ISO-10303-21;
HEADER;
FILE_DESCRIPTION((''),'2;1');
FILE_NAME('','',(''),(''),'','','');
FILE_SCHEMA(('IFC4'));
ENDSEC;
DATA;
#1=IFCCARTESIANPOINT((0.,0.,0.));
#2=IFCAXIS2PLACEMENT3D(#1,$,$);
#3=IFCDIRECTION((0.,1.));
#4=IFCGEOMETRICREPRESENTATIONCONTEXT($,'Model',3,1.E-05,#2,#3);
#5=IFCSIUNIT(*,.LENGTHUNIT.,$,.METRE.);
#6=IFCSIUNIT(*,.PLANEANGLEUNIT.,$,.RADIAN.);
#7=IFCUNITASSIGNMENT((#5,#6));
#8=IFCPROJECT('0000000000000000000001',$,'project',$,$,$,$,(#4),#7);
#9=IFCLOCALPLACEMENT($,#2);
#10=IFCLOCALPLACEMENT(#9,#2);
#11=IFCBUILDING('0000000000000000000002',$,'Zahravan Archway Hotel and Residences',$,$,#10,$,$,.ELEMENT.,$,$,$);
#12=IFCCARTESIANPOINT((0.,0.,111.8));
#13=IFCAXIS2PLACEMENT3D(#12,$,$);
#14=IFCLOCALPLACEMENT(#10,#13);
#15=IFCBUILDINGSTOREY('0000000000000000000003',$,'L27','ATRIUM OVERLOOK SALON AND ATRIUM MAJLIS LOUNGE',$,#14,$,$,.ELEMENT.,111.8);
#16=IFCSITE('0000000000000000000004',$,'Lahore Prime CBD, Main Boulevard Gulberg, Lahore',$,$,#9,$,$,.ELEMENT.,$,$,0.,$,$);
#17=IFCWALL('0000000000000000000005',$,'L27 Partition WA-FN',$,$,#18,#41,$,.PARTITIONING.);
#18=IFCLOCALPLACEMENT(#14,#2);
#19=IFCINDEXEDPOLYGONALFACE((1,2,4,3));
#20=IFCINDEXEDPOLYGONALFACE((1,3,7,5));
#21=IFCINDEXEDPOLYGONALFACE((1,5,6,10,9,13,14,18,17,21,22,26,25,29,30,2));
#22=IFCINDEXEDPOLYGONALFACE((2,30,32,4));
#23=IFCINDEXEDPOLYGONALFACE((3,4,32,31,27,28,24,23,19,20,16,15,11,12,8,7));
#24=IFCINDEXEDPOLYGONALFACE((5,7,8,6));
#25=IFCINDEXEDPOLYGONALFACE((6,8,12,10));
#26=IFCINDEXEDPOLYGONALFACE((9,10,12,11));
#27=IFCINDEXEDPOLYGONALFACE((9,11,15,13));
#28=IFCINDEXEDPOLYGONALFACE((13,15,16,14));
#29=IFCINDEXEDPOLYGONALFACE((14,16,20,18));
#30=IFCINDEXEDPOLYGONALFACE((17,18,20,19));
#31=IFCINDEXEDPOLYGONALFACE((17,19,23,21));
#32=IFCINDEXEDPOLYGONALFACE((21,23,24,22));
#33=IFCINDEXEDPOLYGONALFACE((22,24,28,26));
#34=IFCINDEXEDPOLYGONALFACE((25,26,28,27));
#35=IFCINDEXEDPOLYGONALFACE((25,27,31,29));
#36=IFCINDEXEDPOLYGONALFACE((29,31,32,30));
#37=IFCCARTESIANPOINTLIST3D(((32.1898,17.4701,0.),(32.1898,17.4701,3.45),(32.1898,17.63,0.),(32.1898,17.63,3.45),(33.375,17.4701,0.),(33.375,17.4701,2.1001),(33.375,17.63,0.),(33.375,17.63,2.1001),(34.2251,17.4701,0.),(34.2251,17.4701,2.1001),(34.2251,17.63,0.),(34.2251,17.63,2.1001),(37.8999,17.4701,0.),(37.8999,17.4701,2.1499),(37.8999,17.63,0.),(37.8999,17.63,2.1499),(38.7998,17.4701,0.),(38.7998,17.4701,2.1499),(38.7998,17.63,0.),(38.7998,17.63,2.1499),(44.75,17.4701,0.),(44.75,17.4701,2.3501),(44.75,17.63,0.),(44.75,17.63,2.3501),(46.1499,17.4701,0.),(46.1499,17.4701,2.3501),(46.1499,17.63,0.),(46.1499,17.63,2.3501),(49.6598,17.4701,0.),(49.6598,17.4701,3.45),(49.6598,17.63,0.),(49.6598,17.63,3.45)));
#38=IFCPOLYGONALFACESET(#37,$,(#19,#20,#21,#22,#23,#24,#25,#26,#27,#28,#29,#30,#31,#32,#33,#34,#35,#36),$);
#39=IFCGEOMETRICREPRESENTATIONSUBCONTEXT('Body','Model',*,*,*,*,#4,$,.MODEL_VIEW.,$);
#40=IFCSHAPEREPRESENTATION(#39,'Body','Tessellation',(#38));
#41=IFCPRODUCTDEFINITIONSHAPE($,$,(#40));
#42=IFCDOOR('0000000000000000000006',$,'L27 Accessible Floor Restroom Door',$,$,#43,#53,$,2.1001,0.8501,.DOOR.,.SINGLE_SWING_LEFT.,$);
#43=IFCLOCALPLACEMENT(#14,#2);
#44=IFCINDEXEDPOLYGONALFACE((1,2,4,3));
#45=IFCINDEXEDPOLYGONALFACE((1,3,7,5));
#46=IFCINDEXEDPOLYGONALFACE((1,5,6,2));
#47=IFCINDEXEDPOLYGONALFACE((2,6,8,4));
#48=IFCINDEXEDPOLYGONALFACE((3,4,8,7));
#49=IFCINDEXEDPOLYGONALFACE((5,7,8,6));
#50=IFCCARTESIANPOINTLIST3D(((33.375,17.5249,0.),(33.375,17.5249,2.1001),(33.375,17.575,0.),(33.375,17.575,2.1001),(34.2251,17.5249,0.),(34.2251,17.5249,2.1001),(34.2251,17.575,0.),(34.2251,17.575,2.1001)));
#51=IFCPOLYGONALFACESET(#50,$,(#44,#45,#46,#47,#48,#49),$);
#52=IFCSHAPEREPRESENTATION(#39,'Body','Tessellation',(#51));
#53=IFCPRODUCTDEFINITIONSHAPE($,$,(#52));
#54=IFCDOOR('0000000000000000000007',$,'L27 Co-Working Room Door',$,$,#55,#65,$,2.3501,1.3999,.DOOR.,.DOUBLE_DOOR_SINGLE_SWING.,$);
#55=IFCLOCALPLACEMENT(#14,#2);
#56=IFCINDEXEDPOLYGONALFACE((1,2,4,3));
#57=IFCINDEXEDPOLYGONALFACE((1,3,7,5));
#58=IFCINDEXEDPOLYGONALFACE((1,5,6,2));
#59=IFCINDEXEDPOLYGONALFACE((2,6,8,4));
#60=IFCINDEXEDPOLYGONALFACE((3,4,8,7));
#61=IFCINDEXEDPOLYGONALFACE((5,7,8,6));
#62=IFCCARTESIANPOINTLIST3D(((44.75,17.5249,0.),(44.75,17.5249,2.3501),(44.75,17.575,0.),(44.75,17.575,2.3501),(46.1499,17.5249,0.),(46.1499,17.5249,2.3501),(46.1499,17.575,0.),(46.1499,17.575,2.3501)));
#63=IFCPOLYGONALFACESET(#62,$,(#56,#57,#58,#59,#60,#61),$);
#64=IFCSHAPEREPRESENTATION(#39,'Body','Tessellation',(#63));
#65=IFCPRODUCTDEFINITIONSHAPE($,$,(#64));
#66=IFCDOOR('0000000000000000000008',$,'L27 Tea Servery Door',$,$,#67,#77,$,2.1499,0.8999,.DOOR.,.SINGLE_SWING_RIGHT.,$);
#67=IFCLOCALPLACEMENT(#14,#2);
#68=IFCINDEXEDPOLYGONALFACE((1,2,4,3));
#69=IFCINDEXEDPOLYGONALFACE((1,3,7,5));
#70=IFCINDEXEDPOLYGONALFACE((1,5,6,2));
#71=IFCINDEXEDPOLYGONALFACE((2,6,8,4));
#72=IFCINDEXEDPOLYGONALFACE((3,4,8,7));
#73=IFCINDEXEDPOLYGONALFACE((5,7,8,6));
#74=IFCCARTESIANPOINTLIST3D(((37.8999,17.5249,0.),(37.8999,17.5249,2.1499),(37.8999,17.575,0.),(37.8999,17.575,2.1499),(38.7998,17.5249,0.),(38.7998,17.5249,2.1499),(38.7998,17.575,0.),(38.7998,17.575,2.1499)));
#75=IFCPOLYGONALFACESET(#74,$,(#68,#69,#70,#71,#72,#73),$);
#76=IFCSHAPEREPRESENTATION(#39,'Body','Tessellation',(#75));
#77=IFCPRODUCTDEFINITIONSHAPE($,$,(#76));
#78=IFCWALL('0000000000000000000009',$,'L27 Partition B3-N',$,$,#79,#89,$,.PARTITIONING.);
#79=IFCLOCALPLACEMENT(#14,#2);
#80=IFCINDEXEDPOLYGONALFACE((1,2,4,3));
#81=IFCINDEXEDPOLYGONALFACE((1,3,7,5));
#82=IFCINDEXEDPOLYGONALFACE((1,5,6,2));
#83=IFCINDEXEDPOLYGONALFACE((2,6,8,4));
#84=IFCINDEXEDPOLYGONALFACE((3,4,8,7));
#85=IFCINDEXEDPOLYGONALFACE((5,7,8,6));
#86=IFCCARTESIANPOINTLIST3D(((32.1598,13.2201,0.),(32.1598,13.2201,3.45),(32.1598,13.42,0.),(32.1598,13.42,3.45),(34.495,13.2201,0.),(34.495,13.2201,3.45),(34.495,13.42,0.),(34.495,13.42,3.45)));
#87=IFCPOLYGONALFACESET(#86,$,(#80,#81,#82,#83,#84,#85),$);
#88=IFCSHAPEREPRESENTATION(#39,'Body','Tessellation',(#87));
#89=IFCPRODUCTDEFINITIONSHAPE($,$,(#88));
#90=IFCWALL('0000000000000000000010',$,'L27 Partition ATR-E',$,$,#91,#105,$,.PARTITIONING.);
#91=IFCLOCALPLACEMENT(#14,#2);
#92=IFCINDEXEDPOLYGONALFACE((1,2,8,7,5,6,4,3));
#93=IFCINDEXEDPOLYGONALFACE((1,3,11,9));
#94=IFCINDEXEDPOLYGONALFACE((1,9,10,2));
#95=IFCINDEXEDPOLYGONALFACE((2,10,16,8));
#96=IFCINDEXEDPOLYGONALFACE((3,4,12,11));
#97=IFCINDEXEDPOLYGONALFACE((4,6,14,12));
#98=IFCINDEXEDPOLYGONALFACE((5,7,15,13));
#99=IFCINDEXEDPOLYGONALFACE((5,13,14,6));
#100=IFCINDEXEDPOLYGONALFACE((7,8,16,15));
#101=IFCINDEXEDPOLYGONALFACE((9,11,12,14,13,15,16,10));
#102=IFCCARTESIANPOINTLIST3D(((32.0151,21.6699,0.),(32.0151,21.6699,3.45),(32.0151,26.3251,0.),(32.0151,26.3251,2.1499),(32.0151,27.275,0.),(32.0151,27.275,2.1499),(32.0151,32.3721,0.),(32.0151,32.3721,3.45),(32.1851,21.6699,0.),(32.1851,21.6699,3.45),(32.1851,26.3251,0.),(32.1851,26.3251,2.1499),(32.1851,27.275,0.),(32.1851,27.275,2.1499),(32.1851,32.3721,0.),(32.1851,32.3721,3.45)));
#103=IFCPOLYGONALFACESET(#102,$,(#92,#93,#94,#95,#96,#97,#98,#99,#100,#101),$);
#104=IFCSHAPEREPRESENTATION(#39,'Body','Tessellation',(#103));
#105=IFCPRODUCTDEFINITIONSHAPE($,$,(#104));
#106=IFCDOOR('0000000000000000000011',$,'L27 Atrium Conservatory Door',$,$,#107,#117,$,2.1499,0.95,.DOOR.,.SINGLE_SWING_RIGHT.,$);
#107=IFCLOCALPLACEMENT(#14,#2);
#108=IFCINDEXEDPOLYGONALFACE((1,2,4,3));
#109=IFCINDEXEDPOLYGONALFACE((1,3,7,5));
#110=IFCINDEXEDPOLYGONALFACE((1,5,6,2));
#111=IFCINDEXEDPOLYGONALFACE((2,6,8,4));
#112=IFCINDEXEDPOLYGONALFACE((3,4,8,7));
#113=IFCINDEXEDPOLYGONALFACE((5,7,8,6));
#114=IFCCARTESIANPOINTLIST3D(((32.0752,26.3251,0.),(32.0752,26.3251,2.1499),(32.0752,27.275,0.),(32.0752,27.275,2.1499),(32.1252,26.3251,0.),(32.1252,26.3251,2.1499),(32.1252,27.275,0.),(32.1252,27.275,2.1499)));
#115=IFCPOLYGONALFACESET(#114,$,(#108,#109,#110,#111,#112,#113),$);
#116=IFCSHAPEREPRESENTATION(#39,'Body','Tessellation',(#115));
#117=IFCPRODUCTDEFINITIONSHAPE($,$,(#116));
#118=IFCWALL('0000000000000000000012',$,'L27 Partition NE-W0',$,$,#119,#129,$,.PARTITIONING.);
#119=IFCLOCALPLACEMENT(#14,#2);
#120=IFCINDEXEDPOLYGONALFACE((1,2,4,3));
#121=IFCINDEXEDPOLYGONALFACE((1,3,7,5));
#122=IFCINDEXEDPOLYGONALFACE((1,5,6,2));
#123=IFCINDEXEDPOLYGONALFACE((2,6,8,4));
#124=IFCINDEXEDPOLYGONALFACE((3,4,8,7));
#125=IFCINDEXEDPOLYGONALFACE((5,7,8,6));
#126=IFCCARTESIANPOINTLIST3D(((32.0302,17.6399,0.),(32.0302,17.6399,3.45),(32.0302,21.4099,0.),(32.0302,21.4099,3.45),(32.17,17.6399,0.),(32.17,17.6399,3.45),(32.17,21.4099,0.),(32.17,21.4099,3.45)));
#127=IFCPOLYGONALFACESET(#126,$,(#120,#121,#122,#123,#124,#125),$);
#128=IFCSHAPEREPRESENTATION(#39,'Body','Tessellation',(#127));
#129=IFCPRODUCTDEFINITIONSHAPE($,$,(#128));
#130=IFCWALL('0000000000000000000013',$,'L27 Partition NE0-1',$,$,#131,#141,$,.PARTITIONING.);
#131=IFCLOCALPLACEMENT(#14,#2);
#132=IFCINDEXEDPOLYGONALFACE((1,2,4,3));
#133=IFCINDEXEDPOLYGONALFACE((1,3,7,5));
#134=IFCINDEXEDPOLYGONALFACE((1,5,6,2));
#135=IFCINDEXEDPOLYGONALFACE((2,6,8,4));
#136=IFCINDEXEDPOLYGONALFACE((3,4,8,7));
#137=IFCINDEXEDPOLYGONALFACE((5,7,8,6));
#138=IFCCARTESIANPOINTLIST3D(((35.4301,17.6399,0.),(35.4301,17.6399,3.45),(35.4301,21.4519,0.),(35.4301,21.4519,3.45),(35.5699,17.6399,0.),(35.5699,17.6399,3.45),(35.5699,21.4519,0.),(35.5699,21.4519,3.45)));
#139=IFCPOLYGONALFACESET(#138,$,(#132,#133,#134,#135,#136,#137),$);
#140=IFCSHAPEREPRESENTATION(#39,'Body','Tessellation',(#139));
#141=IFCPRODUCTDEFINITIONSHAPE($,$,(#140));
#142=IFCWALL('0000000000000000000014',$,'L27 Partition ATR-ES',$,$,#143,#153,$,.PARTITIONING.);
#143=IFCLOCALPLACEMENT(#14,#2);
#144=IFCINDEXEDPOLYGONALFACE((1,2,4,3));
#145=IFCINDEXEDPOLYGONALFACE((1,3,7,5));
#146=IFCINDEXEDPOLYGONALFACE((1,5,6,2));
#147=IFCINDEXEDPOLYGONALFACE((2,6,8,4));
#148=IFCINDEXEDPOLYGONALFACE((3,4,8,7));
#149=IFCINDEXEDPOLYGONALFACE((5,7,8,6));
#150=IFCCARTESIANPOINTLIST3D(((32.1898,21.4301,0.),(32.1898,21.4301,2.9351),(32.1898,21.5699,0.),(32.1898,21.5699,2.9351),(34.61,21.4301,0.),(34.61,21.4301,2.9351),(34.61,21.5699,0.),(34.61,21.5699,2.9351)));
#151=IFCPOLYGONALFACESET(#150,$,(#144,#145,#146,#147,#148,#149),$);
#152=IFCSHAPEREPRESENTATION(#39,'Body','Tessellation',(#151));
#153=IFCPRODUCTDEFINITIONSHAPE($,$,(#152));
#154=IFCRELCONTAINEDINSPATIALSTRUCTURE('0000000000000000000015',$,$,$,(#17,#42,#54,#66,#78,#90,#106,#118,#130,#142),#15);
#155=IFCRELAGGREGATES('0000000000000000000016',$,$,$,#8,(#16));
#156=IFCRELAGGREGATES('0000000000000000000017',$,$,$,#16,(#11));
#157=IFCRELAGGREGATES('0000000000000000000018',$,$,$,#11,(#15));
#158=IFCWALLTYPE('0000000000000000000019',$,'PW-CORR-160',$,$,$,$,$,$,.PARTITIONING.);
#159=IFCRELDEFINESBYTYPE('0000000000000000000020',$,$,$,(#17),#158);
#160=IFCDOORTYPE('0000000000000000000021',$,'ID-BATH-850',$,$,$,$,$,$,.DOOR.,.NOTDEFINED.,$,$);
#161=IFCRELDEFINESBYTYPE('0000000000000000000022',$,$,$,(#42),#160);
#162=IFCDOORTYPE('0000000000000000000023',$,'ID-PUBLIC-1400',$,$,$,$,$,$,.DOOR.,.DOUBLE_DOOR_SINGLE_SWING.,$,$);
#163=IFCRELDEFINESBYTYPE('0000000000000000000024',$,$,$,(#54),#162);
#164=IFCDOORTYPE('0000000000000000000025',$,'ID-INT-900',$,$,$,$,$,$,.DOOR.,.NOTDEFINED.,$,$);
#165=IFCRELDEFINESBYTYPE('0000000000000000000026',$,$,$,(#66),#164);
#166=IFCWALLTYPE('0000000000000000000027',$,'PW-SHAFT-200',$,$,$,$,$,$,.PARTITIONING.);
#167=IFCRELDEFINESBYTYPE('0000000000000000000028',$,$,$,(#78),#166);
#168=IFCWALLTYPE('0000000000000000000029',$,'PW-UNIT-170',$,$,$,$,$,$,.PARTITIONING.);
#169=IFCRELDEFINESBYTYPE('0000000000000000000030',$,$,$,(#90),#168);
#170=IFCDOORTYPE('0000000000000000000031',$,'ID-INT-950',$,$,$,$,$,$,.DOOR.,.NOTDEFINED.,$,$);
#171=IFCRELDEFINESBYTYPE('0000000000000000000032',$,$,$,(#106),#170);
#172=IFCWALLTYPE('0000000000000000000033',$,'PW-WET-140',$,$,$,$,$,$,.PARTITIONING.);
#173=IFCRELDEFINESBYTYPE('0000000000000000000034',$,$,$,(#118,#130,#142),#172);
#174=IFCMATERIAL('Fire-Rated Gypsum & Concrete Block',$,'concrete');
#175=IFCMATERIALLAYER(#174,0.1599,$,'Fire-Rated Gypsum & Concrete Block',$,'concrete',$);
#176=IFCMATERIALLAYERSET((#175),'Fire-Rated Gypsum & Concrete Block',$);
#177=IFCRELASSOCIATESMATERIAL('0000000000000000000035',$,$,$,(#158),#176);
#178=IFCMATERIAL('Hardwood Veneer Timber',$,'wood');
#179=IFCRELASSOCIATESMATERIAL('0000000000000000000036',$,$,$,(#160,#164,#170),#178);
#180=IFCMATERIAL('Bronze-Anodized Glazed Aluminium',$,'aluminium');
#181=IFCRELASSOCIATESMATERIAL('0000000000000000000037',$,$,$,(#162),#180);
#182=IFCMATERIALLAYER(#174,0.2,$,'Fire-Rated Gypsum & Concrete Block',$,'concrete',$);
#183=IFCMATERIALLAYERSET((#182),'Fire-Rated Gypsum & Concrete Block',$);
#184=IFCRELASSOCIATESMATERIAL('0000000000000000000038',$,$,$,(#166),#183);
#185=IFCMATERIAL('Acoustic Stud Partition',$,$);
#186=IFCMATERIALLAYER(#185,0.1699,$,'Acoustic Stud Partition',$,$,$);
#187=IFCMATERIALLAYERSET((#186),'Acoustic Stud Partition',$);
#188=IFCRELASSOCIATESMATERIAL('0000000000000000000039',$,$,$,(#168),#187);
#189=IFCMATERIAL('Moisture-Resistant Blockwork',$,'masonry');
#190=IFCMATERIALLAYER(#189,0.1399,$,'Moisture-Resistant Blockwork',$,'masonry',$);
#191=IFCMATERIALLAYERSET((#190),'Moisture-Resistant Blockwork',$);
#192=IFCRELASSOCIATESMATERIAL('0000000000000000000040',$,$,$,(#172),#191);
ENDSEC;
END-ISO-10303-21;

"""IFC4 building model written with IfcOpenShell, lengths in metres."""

from ifc_helpers import new_model, si_unit, direction, frame, frame_2d, origin, place, context, subcontext, project, spatial, rectangle, extrude, source, transform, mapped, material, layer, layer_set, type_object, type_shapes, element, fill, save


model = new_model("IFC4")

# Units and contexts
model_context = context("Model", 3, precision=1e-05, world=origin(), true_north=direction((0.0, 1.0)))
body_context = subcontext(model_context, "Body", "Model", "MODEL_VIEW")
ifc_project = project(units=[si_unit("LENGTHUNIT", "METRE"), si_unit("PLANEANGLEUNIT", "RADIAN")], contexts=[model_context])

# Site, building, storey
site_placement = place(None, origin())
site = spatial("IfcSite", under=ifc_project, at=site_placement, Name="Lahore Prime CBD, Main Boulevard Gulberg, Lahore", CompositionType="ELEMENT", RefElevation=0.0)
building_placement = place(site_placement, origin())
building = spatial("IfcBuilding", under=site, at=building_placement, Name="Zahravan Archway Hotel and Residences", CompositionType="ELEMENT")
storey_placement = place(building_placement, frame((0.0, 0.0, 111.8)))
storey = spatial("IfcBuildingStorey", under=building, at=storey_placement, Name="L27", Description="ATRIUM OVERLOOK SALON AND ATRIUM MAJLIS LOUNGE", CompositionType="ELEMENT", Elevation=111.8)

# Shared definitions
ifc_material_1 = material(Name="Bronze-Anodized Glazed Aluminium", Category="aluminium")

# Wall, openings, doors
ifc_material_2 = material(Name="Fire-Rated Gypsum & Concrete Block", Category="concrete")
ifc_layer_1 = layer(ifc_material_2, 0.1599, Name="Fire-Rated Gypsum & Concrete Block", Category="concrete")
ifc_layer_set_1 = layer_set([ifc_layer_1], Name="Fire-Rated Gypsum & Concrete Block")
wall_type_1 = type_object("IfcWallType", Name="PW-CORR-160", PredefinedType="PARTITIONING", material=ifc_layer_set_1)
wall_1_placement = place(storey_placement, frame((32.1899, 17.55, 0.0), z_axis=(0.0, 0.0, 1.0), x_axis=(1.0, 0.0, 0.0)))
wall_1 = element("IfcWall", 1, at=wall_1_placement, inside=storey, type_object=wall_type_1, Name="L27 Partition WA-FN", PredefinedType="PARTITIONING", context=body_context, shape_type="SweptSolid", body=[
    extrude(rectangle(XDim=17.47, YDim=0.1599, at=frame_2d((8.7349, 0.0))), origin(), (0.0, 0.0, 1.0), 3.45),
])
opening_1_placement = place(wall_1_placement, frame((1.1851, 0.0, 0.0)))
opening_1 = element("IfcOpeningElement", 2, at=opening_1_placement, cuts=wall_1, PredefinedType="OPENING", context=body_context, shape_type="SweptSolid", body=[
    extrude(rectangle(XDim=0.8501, YDim=2.1001, at=frame_2d((0.425, 1.05))), frame((0.0, 0.0898, 0.0), z_axis=(0.0, -1.0, 0.0), x_axis=(1.0, 0.0, 0.0)), (0.0, 0.0, 1.0), 0.1799),
])
opening_2_placement = place(wall_1_placement, frame((5.71, 0.0, 0.0)))
opening_2 = element("IfcOpeningElement", 3, at=opening_2_placement, cuts=wall_1, PredefinedType="OPENING", context=body_context, shape_type="SweptSolid", body=[
    extrude(rectangle(XDim=0.8999, YDim=2.1499, at=frame_2d((0.45, 1.075))), frame((0.0, 0.0898, 0.0), z_axis=(0.0, -1.0, 0.0), x_axis=(1.0, 0.0, 0.0)), (0.0, 0.0, 1.0), 0.1799),
])
opening_3_placement = place(wall_1_placement, frame((12.5601, 0.0, 0.0)))
opening_3 = element("IfcOpeningElement", 4, at=opening_3_placement, cuts=wall_1, PredefinedType="OPENING", context=body_context, shape_type="SweptSolid", body=[
    extrude(rectangle(XDim=1.3999, YDim=2.3501, at=frame_2d((0.7, 1.175))), frame((0.0, 0.0898, 0.0), z_axis=(0.0, -1.0, 0.0), x_axis=(1.0, 0.0, 0.0)), (0.0, 0.0, 1.0), 0.1799),
])
ifc_material_3 = material(Name="Hardwood Veneer Timber", Category="wood")
door_type_1 = type_object("IfcDoorType", Name="ID-BATH-850", OperationType="NOTDEFINED", PredefinedType="DOOR", material=ifc_material_3)
shared_shape_1 = source(origin(), body_context, "Body", "SweptSolid", [
    extrude(rectangle(XDim=0.8501, YDim=2.1001, at=frame_2d((0.425, 1.05))), frame((0.0, 0.0249, 0.0), z_axis=(0.0, -1.0, 0.0), x_axis=(1.0, 0.0, 0.0)), (0.0, 0.0, 1.0), 0.05),
])
type_shapes(door_type_1, [shared_shape_1])
door_1_placement = place(opening_1_placement, origin())
door_1 = element("IfcDoor", 5, at=door_1_placement, inside=storey, type_object=door_type_1, Name="L27 Accessible Floor Restroom Door", OperationType="SINGLE_SWING_LEFT", OverallHeight=2.1001, OverallWidth=0.8501, PredefinedType="DOOR", context=body_context, shape_type="MappedRepresentation", body=[
    mapped(shared_shape_1, transform((0.0, 0.0, 0.0), scale=1.0)),
])
fill(opening_1, door_1)
door_type_2 = type_object("IfcDoorType", Name="ID-PUBLIC-1400", OperationType="DOUBLE_DOOR_SINGLE_SWING", PredefinedType="DOOR", material=ifc_material_1)
shared_shape_2 = source(origin(), body_context, "Body", "SweptSolid", [
    extrude(rectangle(XDim=1.3999, YDim=2.3501, at=frame_2d((0.7, 1.175))), frame((0.0, 0.0249, 0.0), z_axis=(0.0, -1.0, 0.0), x_axis=(1.0, 0.0, 0.0)), (0.0, 0.0, 1.0), 0.05),
])
type_shapes(door_type_2, [shared_shape_2])
door_2_placement = place(opening_3_placement, origin())
door_2 = element("IfcDoor", 6, at=door_2_placement, inside=storey, type_object=door_type_2, Name="L27 Co-Working Room Door", OperationType="DOUBLE_DOOR_SINGLE_SWING", OverallHeight=2.3501, OverallWidth=1.3999, PredefinedType="DOOR", context=body_context, shape_type="MappedRepresentation", body=[
    mapped(shared_shape_2, transform((0.0, 0.0, 0.0), scale=1.0)),
])
fill(opening_3, door_2)
door_type_3 = type_object("IfcDoorType", Name="ID-INT-900", OperationType="NOTDEFINED", PredefinedType="DOOR", material=ifc_material_3)
shared_shape_3 = source(origin(), body_context, "Body", "SweptSolid", [
    extrude(rectangle(XDim=0.8999, YDim=2.1499, at=frame_2d((0.45, 1.075))), frame((0.0, 0.0249, 0.0), z_axis=(0.0, -1.0, 0.0), x_axis=(1.0, 0.0, 0.0)), (0.0, 0.0, 1.0), 0.05),
])
type_shapes(door_type_3, [shared_shape_3])
door_3_placement = place(opening_2_placement, origin())
door_3 = element("IfcDoor", 7, at=door_3_placement, inside=storey, type_object=door_type_3, Name="L27 Tea Servery Door", OperationType="SINGLE_SWING_RIGHT", OverallHeight=2.1499, OverallWidth=0.8999, PredefinedType="DOOR", context=body_context, shape_type="MappedRepresentation", body=[
    mapped(shared_shape_3, transform((0.0, 0.0, 0.0), scale=1.0)),
])
fill(opening_2, door_3)

# Wall
ifc_layer_2 = layer(ifc_material_2, 0.2, Name="Fire-Rated Gypsum & Concrete Block", Category="concrete")
ifc_layer_set_2 = layer_set([ifc_layer_2], Name="Fire-Rated Gypsum & Concrete Block")
wall_type_2 = type_object("IfcWallType", Name="PW-SHAFT-200", PredefinedType="PARTITIONING", material=ifc_layer_set_2)
wall_2_placement = place(storey_placement, frame((32.1599, 13.3201, 0.0), z_axis=(0.0, 0.0, 1.0), x_axis=(1.0, 0.0, 0.0)))
element("IfcWall", 8, at=wall_2_placement, inside=storey, type_object=wall_type_2, Name="L27 Partition B3-N", PredefinedType="PARTITIONING", context=body_context, shape_type="SweptSolid", body=[
    extrude(rectangle(XDim=2.3352, YDim=0.2, at=frame_2d((1.1675, 0.0))), origin(), (0.0, 0.0, 1.0), 3.45),
])

# Wall, opening, door
ifc_material_4 = material(Name="Acoustic Stud Partition")
ifc_layer_3 = layer(ifc_material_4, 0.1699, Name="Acoustic Stud Partition")
ifc_layer_set_3 = layer_set([ifc_layer_3], Name="Acoustic Stud Partition")
wall_type_3 = type_object("IfcWallType", Name="PW-UNIT-170", PredefinedType="PARTITIONING", material=ifc_layer_set_3)
wall_3_placement = place(storey_placement, frame((32.1001, 21.6699, 0.0), z_axis=(0.0, 0.0, 1.0), x_axis=(0.0, 1.0, 0.0)))
wall_3 = element("IfcWall", 9, at=wall_3_placement, inside=storey, type_object=wall_type_3, Name="L27 Partition ATR-E", PredefinedType="PARTITIONING", context=body_context, shape_type="SweptSolid", body=[
    extrude(rectangle(XDim=10.7021, YDim=0.1699, at=frame_2d((5.3511, 0.0))), origin(), (0.0, 0.0, 1.0), 3.45),
])
opening_4_placement = place(wall_3_placement, frame((4.655, 0.0, 0.0)))
opening_4 = element("IfcOpeningElement", 10, at=opening_4_placement, cuts=wall_3, PredefinedType="OPENING", context=body_context, shape_type="SweptSolid", body=[
    extrude(rectangle(XDim=0.95, YDim=2.1499, at=frame_2d((0.4751, 1.075))), frame((0.0, 0.095, 0.0), z_axis=(0.0, -1.0, 0.0), x_axis=(1.0, 0.0, 0.0)), (0.0, 0.0, 1.0), 0.1899),
])
door_type_4 = type_object("IfcDoorType", Name="ID-INT-950", OperationType="NOTDEFINED", PredefinedType="DOOR", material=ifc_material_3)
shared_shape_4 = source(origin(), body_context, "Body", "SweptSolid", [
    extrude(rectangle(XDim=0.95, YDim=2.1499, at=frame_2d((0.4751, 1.075))), frame((0.0, 0.0249, 0.0), z_axis=(0.0, -1.0, 0.0), x_axis=(1.0, 0.0, 0.0)), (0.0, 0.0, 1.0), 0.05),
])
type_shapes(door_type_4, [shared_shape_4])
door_4_placement = place(opening_4_placement, origin())
door_4 = element("IfcDoor", 11, at=door_4_placement, inside=storey, type_object=door_type_4, Name="L27 Atrium Conservatory Door", OperationType="SINGLE_SWING_RIGHT", OverallHeight=2.1499, OverallWidth=0.95, PredefinedType="DOOR", context=body_context, shape_type="MappedRepresentation", body=[
    mapped(shared_shape_4, transform((0.0, 0.0, 0.0), scale=1.0)),
])
fill(opening_4, door_4)

# Walls
ifc_material_5 = material(Name="Moisture-Resistant Blockwork", Category="masonry")
ifc_layer_4 = layer(ifc_material_5, 0.1399, Name="Moisture-Resistant Blockwork", Category="masonry")
ifc_layer_set_4 = layer_set([ifc_layer_4], Name="Moisture-Resistant Blockwork")
wall_type_4 = type_object("IfcWallType", Name="PW-WET-140", PredefinedType="PARTITIONING", material=ifc_layer_set_4)
wall_4_placement = place(storey_placement, frame((32.1001, 17.6399, 0.0), z_axis=(0.0, 0.0, 1.0), x_axis=(0.0, 1.0, 0.0)))
element("IfcWall", 12, at=wall_4_placement, inside=storey, type_object=wall_type_4, Name="L27 Partition NE-W0", PredefinedType="PARTITIONING", context=body_context, shape_type="SweptSolid", body=[
    extrude(rectangle(XDim=3.77, YDim=0.1399, at=frame_2d((1.885, 0.0))), origin(), (0.0, 0.0, 1.0), 3.45),
])
wall_5_placement = place(storey_placement, frame((35.5, 17.6399, 0.0), z_axis=(0.0, 0.0, 1.0), x_axis=(0.0, 1.0, 0.0)))
element("IfcWall", 13, at=wall_5_placement, inside=storey, type_object=wall_type_4, Name="L27 Partition NE0-1", PredefinedType="PARTITIONING", context=body_context, shape_type="SweptSolid", body=[
    extrude(rectangle(XDim=3.812, YDim=0.1399, at=frame_2d((1.906, 0.0))), origin(), (0.0, 0.0, 1.0), 3.45),
])
wall_6_placement = place(storey_placement, frame((32.1899, 21.5, 0.0), z_axis=(0.0, 0.0, 1.0), x_axis=(1.0, 0.0, 0.0)))
element("IfcWall", 14, at=wall_6_placement, inside=storey, type_object=wall_type_4, Name="L27 Partition ATR-ES", PredefinedType="PARTITIONING", context=body_context, shape_type="SweptSolid", body=[
    extrude(rectangle(XDim=2.4202, YDim=0.1399, at=frame_2d((1.21, 0.0))), origin(), (0.0, 0.0, 1.0), 2.9351),
])

save(model, "model.ifc")
